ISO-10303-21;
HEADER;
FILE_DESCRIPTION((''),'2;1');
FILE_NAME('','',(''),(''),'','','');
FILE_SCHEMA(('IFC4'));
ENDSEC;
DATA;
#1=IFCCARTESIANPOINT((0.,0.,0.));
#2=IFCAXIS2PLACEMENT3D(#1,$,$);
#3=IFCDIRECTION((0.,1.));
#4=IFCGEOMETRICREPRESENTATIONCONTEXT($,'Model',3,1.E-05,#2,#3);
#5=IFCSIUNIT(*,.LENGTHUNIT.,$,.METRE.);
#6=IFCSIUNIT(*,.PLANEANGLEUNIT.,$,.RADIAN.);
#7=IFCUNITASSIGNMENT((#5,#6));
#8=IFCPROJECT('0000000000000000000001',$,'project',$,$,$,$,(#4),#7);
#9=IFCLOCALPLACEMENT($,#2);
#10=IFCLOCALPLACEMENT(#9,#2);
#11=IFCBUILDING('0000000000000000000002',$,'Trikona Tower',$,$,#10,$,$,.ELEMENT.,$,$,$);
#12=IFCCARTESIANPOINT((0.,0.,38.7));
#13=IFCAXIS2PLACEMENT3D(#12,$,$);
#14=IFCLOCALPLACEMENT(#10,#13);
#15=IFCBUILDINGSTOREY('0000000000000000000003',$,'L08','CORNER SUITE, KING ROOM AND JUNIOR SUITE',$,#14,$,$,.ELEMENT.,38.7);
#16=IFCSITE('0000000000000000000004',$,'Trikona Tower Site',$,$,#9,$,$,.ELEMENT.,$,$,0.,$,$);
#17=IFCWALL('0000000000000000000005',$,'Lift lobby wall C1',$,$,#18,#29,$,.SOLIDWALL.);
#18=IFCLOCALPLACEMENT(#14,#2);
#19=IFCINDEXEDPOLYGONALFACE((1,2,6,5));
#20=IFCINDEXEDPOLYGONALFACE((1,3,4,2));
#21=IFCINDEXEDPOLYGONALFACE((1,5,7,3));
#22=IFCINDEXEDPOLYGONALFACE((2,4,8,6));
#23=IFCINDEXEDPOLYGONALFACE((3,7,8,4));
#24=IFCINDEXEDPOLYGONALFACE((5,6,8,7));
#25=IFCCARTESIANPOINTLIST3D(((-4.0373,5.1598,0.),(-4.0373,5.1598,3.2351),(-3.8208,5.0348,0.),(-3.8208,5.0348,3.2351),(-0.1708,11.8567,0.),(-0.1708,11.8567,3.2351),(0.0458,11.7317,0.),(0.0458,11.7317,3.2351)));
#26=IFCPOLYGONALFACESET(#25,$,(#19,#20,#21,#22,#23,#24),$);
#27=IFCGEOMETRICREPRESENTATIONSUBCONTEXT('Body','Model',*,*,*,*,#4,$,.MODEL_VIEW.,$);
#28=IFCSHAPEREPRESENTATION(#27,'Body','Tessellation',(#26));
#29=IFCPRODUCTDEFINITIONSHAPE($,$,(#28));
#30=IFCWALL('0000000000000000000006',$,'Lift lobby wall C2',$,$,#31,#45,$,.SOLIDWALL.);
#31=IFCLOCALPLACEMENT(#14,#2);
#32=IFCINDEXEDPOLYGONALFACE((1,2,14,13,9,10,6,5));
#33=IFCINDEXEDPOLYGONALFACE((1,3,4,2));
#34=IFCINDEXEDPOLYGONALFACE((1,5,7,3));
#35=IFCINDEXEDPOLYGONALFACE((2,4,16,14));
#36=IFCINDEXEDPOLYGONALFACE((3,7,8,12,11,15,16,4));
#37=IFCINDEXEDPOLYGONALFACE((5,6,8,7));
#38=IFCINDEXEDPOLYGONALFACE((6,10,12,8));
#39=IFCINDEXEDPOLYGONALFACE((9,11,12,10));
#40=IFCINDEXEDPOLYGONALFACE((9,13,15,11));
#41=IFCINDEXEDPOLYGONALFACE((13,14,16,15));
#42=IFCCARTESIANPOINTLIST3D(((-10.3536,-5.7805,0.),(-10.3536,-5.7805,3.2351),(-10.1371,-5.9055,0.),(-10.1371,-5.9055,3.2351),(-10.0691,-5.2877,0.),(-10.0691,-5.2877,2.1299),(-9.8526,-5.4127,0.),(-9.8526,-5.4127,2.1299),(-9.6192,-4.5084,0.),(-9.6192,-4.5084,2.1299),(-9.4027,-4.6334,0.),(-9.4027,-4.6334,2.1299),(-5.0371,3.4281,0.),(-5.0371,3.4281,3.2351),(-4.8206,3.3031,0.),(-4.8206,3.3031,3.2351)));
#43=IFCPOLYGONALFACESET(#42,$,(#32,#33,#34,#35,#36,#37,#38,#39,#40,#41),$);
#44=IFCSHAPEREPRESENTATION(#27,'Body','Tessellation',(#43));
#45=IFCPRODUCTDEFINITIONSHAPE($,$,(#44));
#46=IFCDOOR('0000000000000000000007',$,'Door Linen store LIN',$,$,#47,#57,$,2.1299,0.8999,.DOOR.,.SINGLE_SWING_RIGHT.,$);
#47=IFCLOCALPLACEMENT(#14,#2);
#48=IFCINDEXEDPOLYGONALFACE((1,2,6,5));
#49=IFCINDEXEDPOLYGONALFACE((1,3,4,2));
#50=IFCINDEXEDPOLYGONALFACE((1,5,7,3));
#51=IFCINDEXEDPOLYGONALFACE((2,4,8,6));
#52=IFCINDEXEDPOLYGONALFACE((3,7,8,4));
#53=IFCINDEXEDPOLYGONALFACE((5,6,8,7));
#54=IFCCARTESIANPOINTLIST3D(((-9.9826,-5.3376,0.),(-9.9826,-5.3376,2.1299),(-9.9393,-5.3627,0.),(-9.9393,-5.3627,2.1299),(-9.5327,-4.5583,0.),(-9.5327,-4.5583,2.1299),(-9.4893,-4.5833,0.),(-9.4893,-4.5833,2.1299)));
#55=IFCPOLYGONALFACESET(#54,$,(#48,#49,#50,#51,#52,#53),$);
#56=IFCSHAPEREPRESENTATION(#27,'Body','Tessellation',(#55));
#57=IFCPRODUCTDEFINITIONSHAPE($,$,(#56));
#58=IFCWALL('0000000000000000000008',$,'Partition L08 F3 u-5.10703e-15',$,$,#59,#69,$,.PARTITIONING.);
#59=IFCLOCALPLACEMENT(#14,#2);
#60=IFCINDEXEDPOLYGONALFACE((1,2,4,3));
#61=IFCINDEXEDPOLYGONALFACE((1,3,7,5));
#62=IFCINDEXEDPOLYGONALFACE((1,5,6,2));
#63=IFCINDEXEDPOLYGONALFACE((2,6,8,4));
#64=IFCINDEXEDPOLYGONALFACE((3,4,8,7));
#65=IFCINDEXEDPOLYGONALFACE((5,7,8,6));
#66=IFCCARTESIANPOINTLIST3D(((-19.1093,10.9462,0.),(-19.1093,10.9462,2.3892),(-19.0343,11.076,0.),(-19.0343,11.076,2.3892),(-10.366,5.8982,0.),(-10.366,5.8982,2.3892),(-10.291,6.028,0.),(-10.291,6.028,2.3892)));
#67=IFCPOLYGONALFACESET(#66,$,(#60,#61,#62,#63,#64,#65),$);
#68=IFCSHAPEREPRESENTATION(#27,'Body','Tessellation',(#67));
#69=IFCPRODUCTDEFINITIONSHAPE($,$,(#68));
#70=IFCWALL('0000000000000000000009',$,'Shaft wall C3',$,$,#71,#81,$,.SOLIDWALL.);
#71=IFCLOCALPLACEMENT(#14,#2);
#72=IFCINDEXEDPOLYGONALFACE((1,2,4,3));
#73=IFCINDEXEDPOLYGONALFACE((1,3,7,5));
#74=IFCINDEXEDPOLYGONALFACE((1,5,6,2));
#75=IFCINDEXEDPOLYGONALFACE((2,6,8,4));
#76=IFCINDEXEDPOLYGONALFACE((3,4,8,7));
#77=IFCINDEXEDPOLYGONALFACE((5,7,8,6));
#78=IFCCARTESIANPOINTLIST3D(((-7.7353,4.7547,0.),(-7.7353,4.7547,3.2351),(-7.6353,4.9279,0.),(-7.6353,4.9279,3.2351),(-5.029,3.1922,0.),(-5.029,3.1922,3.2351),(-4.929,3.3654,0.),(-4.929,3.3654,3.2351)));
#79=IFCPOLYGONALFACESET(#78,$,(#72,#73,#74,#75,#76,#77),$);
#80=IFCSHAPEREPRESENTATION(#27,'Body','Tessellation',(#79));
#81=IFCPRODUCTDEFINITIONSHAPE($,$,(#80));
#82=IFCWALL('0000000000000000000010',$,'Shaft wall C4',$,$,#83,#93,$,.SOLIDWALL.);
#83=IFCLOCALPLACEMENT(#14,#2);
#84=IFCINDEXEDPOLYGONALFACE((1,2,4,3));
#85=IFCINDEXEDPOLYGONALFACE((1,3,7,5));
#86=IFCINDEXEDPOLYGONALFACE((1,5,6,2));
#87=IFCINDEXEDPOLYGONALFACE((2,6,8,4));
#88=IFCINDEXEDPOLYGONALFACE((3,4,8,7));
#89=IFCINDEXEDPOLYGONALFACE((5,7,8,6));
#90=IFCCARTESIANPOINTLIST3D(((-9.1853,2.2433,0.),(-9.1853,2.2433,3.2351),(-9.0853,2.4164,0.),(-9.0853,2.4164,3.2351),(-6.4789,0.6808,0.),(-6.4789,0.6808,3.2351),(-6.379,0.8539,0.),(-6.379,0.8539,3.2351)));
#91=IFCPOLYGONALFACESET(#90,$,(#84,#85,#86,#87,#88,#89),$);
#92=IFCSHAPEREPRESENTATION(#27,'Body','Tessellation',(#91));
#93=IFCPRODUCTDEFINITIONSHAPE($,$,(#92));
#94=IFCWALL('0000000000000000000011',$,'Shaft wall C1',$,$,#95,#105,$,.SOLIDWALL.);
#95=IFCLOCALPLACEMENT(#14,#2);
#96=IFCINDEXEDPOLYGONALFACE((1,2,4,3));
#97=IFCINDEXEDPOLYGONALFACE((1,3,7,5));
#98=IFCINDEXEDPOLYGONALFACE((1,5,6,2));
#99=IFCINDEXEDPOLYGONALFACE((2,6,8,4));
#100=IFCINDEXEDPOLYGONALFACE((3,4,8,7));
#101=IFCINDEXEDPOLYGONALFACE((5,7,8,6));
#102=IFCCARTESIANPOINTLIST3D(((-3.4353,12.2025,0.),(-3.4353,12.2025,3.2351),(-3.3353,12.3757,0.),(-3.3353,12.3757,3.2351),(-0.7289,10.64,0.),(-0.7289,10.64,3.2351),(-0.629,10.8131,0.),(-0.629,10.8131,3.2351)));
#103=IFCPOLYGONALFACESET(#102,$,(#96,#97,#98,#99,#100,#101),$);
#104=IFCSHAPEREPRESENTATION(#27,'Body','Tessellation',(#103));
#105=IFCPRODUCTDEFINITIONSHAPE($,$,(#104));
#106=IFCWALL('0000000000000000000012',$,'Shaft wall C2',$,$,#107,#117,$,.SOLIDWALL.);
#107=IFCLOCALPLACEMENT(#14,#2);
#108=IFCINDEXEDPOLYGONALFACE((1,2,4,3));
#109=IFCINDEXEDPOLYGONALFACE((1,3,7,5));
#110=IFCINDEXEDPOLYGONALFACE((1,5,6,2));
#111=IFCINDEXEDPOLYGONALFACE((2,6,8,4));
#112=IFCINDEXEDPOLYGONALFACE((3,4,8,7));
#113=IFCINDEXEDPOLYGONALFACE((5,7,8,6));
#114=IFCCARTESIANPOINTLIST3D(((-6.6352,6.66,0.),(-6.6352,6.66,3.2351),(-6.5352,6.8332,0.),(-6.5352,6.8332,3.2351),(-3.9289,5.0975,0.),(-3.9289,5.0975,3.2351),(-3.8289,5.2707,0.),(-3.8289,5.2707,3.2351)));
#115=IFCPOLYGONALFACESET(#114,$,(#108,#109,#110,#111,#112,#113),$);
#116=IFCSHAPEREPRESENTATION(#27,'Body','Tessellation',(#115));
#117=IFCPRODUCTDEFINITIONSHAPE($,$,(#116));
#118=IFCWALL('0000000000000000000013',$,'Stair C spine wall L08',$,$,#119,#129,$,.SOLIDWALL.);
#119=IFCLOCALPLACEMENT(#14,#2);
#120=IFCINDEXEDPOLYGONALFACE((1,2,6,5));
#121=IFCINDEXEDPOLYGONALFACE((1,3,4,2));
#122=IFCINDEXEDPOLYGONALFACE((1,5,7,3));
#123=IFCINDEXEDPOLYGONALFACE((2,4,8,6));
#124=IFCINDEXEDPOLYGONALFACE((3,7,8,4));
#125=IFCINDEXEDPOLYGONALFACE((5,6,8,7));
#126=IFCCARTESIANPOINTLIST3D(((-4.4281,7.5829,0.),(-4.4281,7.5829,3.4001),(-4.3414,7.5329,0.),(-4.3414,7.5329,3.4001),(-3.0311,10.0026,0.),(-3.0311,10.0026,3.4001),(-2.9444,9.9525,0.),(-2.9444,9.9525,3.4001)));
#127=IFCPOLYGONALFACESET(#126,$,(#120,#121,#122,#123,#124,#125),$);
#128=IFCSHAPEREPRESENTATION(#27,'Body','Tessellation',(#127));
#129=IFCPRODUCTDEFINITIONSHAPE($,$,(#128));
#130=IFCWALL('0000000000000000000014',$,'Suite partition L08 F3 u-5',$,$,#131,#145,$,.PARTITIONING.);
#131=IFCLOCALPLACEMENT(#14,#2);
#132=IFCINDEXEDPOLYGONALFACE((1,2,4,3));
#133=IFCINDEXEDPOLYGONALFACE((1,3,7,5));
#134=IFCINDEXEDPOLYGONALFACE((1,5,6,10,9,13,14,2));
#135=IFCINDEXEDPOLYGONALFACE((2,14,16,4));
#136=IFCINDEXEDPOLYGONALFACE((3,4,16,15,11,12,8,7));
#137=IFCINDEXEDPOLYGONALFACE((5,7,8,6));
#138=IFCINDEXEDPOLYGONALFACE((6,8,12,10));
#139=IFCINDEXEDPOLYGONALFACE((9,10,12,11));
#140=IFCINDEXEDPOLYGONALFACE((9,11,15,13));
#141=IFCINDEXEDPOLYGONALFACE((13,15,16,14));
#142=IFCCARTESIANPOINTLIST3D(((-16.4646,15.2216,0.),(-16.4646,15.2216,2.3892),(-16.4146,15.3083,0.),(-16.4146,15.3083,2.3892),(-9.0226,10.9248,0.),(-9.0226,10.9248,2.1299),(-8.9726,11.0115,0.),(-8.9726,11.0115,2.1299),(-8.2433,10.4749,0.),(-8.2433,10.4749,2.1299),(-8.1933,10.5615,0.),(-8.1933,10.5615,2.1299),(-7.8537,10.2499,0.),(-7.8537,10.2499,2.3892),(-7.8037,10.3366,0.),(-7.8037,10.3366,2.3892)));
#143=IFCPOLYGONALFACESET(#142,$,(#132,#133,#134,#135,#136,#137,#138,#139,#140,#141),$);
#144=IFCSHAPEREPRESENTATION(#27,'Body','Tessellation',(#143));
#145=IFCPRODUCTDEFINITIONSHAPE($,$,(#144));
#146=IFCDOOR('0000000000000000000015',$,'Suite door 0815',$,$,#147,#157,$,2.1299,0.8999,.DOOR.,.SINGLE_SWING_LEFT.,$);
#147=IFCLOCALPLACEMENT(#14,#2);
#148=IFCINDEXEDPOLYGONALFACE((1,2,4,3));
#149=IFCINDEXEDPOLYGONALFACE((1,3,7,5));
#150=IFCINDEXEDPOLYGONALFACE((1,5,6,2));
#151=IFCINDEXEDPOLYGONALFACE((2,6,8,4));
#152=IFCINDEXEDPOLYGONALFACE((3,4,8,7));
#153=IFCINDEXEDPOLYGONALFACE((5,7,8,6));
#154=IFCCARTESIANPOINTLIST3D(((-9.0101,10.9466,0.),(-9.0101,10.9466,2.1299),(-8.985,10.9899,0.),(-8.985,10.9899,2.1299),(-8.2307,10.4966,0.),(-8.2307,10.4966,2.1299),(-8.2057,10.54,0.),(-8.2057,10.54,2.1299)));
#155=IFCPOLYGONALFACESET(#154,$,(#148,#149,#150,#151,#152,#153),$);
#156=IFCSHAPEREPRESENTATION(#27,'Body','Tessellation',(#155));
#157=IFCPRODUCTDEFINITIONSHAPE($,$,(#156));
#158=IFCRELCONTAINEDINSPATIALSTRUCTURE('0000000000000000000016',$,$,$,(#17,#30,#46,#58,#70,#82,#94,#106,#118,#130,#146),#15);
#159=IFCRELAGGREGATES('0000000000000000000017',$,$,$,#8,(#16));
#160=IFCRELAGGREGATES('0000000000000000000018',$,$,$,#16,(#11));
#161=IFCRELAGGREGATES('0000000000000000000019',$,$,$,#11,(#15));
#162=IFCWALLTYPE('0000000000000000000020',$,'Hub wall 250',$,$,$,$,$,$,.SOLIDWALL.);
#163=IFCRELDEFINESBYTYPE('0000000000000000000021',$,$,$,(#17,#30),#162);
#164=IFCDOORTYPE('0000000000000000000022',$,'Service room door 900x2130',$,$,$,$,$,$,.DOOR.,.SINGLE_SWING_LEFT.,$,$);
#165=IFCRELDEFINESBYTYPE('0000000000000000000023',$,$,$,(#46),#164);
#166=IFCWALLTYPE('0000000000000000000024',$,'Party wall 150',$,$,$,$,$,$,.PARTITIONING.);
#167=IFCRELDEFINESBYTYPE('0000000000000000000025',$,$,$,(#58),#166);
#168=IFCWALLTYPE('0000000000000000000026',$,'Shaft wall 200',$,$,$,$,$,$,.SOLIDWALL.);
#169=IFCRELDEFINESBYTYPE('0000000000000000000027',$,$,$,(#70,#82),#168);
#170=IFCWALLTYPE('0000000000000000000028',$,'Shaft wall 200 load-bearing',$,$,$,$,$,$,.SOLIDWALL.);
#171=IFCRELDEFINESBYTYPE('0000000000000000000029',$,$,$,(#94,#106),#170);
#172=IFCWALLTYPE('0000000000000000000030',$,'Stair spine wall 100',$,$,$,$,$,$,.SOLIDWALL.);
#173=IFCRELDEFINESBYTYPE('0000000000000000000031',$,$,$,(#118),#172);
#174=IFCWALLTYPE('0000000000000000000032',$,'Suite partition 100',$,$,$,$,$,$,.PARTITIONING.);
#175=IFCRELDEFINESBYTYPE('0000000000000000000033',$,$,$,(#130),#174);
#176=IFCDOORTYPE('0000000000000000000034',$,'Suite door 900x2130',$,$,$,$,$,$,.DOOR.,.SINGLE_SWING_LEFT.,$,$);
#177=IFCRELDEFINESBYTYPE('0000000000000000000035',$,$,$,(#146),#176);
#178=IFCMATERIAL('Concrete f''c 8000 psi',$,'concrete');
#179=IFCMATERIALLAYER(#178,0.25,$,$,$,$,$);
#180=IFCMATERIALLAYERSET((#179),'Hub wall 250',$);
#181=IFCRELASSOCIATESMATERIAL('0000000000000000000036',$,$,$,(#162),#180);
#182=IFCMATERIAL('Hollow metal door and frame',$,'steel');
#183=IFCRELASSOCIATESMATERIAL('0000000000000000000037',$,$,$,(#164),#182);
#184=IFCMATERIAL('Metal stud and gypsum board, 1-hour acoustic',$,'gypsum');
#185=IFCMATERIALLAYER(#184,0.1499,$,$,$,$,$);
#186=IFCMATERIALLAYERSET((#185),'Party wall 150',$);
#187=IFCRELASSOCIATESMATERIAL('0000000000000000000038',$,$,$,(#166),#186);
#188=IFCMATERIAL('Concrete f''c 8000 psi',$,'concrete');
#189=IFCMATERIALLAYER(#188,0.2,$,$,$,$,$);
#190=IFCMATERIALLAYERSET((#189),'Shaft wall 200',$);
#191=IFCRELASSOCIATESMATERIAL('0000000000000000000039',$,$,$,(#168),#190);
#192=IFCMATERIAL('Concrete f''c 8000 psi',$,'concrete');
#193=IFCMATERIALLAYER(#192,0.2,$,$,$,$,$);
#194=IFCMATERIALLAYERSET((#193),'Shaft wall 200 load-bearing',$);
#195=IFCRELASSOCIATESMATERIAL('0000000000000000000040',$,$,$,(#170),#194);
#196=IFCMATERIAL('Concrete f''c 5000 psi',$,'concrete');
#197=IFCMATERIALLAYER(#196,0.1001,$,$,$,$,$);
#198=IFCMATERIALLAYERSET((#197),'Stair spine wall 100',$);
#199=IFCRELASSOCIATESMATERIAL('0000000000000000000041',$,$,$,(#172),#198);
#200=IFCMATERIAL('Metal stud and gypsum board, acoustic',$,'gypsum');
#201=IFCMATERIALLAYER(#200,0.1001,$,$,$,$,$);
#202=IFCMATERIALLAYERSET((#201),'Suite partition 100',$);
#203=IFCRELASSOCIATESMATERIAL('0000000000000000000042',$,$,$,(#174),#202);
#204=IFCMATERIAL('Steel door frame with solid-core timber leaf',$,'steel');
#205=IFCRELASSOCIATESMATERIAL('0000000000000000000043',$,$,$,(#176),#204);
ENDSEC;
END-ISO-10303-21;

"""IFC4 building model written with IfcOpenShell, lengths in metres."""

from ifc_helpers import new_model, si_unit, direction, frame, frame_2d, origin, place, context, subcontext, project, spatial, rectangle, extrude, material, layer, layer_set, type_object, element, fill, save


model = new_model("IFC4")

# Units and contexts
model_context = context("Model", 3, precision=1e-05, world=origin(), true_north=direction((0.0, 1.0)))
body_context = subcontext(model_context, "Body", "Model", "MODEL_VIEW")
ifc_project = project(units=[si_unit("LENGTHUNIT", "METRE"), si_unit("PLANEANGLEUNIT", "RADIAN")], contexts=[model_context])

# Site, building, storey
site_placement = place(None, origin())
site = spatial("IfcSite", under=ifc_project, at=site_placement, Name="Trikona Tower Site", CompositionType="ELEMENT", RefElevation=0.0)
building_placement = place(site_placement, origin())
building = spatial("IfcBuilding", under=site, at=building_placement, Name="Trikona Tower", CompositionType="ELEMENT")
storey_placement = place(building_placement, frame((0.0, 0.0, 38.7)))
storey = spatial("IfcBuildingStorey", under=building, at=storey_placement, Name="L08", Description="CORNER SUITE, KING ROOM AND JUNIOR SUITE", CompositionType="ELEMENT", Elevation=38.7)

# Wall
ifc_material_1 = material(Name="Concrete f'c 8000 psi", Category="concrete")
ifc_layer_1 = layer(ifc_material_1, 0.25)
ifc_layer_set_1 = layer_set([ifc_layer_1], Name="Hub wall 250")
wall_type_1 = type_object("IfcWallType", Name="Hub wall 250", PredefinedType="SOLIDWALL", material=ifc_layer_set_1)
wall_1_placement = place(storey_placement, frame((-0.0625, 11.7942, 0.0), z_axis=(0.0, 0.0, 1.0), x_axis=(-0.500007, -0.866022, 0.0)))
element("IfcWall", 1, at=wall_1_placement, inside=storey, type_object=wall_type_1, Name="Lift lobby wall C1", PredefinedType="SOLIDWALL", context=body_context, shape_type="SweptSolid", body=[
    extrude(rectangle(XDim=7.7329, YDim=0.25, at=frame_2d((3.8665, 0.0))), origin(), (0.0, 0.0, 1.0), 3.2351),
])

# Wall, opening, door
wall_2_placement = place(storey_placement, frame((-4.929, 3.3655, 0.0), z_axis=(0.0, 0.0, 1.0), x_axis=(-0.499991, -0.86603, 0.0)))
wall_2 = element("IfcWall", 2, at=wall_2_placement, inside=storey, type_object=wall_type_1, Name="Lift lobby wall C2", PredefinedType="SOLIDWALL", context=body_context, shape_type="SweptSolid", body=[
    extrude(rectangle(XDim=10.6331, YDim=0.25, at=frame_2d((5.3164, 0.0))), origin(), (0.0, 0.0, 1.0), 3.2351),
])
opening_1_placement = place(wall_2_placement, frame((9.1641, 0.0, 0.0)))
opening_1 = element("IfcOpeningElement", 3, at=opening_1_placement, cuts=wall_2, PredefinedType="OPENING", context=body_context, shape_type="SweptSolid", body=[
    extrude(rectangle(XDim=0.8999, YDim=2.1299, at=frame_2d((0.45, 1.0649))), frame((0.0, 0.135, 0.0), z_axis=(0.0, -1.0, 0.0), x_axis=(1.0, 0.0, 0.0)), (0.0, 0.0, 1.0), 0.27),
])
ifc_material_2 = material(Name="Hollow metal door and frame", Category="steel")
door_type_1 = type_object("IfcDoorType", Name="Service room door 900x2130", OperationType="SINGLE_SWING_LEFT", PredefinedType="DOOR", material=ifc_material_2)
door_1_placement = place(opening_1_placement, origin())
door_1 = element("IfcDoor", 4, at=door_1_placement, inside=storey, type_object=door_type_1, Name="Door Linen store LIN", OperationType="SINGLE_SWING_RIGHT", OverallHeight=2.1299, OverallWidth=0.8999, PredefinedType="DOOR", context=body_context, shape_type="SweptSolid", body=[
    extrude(rectangle(XDim=0.8999, YDim=2.1299, at=frame_2d((0.45, 1.0649))), frame((0.0, 0.0249, 0.0), z_axis=(0.0, -1.0, 0.0), x_axis=(1.0, 0.0, 0.0)), (0.0, 0.0, 1.0), 0.05),
])
fill(opening_1, door_1)

# Walls
ifc_material_3 = material(Name="Metal stud and gypsum board, 1-hour acoustic", Category="gypsum")
ifc_layer_2 = layer(ifc_material_3, 0.1499)
ifc_layer_set_2 = layer_set([ifc_layer_2], Name="Party wall 150")
wall_type_2 = type_object("IfcWallType", Name="Party wall 150", PredefinedType="PARTITIONING", material=ifc_layer_set_2)
wall_3_placement = place(storey_placement, frame((-10.3286, 5.9631, 0.0), z_axis=(0.0, 0.0, 1.0), x_axis=(-0.866022, 0.500006, 0.0)))
element("IfcWall", 5, at=wall_3_placement, inside=storey, type_object=wall_type_2, Name="Partition L08 F3 u-5.10703e-15", PredefinedType="PARTITIONING", context=body_context, shape_type="SweptSolid", body=[
    extrude(rectangle(XDim=10.0959, YDim=0.1499, at=frame_2d((5.0479, 0.0))), origin(), (0.0, 0.0, 1.0), 2.3892),
])
ifc_material_4 = material(Name="Concrete f'c 8000 psi", Category="concrete")
ifc_layer_3 = layer(ifc_material_4, 0.2)
ifc_layer_set_3 = layer_set([ifc_layer_3], Name="Shaft wall 200")
wall_type_3 = type_object("IfcWallType", Name="Shaft wall 200", PredefinedType="SOLIDWALL", material=ifc_layer_set_3)
for number, where, z_axis, x_axis, name in (
    (6, (-4.979, 3.2788, 0.0), (0.0, 0.0, 1.0), (-0.866023, 0.500004, 0.0), "Shaft wall C3"),
    (7, (-6.429, 0.7673, 0.0), (0.0, 0.0, 1.0), (-0.866023, 0.500004, 0.0), "Shaft wall C4"),
):
    element("IfcWall", number, at=place(storey_placement, frame(where, z_axis=z_axis, x_axis=x_axis)), inside=storey, type_object=wall_type_3, Name=name, PredefinedType="SOLIDWALL", context=body_context, shape_type="SweptSolid", body=[
        extrude(rectangle(XDim=3.125, YDim=0.2, at=frame_2d((1.5625, 0.0))), origin(), (0.0, 0.0, 1.0), 3.2351),
    ])
ifc_material_5 = material(Name="Concrete f'c 8000 psi", Category="concrete")
ifc_layer_4 = layer(ifc_material_5, 0.2)
ifc_layer_set_4 = layer_set([ifc_layer_4], Name="Shaft wall 200 load-bearing")
wall_type_4 = type_object("IfcWallType", Name="Shaft wall 200 load-bearing", PredefinedType="SOLIDWALL", material=ifc_layer_set_4)
for number, where, z_axis, x_axis, name in (
    (8, (-0.679, 10.7266, 0.0), (0.0, 0.0, 1.0), (-0.866023, 0.500004, 0.0), "Shaft wall C1"),
    (9, (-3.8789, 5.1841, 0.0), (0.0, 0.0, 1.0), (-0.866023, 0.500004, 0.0), "Shaft wall C2"),
):
    element("IfcWall", number, at=place(storey_placement, frame(where, z_axis=z_axis, x_axis=x_axis)), inside=storey, type_object=wall_type_4, Name=name, PredefinedType="SOLIDWALL", context=body_context, shape_type="SweptSolid", body=[
        extrude(rectangle(XDim=3.125, YDim=0.2, at=frame_2d((1.5625, 0.0))), origin(), (0.0, 0.0, 1.0), 3.2351),
    ])
ifc_material_6 = material(Name="Concrete f'c 5000 psi", Category="concrete")
ifc_layer_5 = layer(ifc_material_6, 0.1001)
ifc_layer_set_5 = layer_set([ifc_layer_5], Name="Stair spine wall 100")
wall_type_5 = type_object("IfcWallType", Name="Stair spine wall 100", PredefinedType="SOLIDWALL", material=ifc_layer_set_5)
wall_4_placement = place(storey_placement, frame((-2.9878, 9.9775, 0.0), z_axis=(0.0, 0.0, 1.0), x_axis=(-0.499992, -0.86603, 0.0)))
element("IfcWall", 10, at=wall_4_placement, inside=storey, type_object=wall_type_5, Name="Stair C spine wall L08", PredefinedType="SOLIDWALL", context=body_context, shape_type="SweptSolid", body=[
    extrude(rectangle(XDim=2.7939, YDim=0.1001, at=frame_2d((1.397, 0.0))), origin(), (0.0, 0.0, 1.0), 3.4001),
])

# Wall, opening, door
ifc_material_7 = material(Name="Metal stud and gypsum board, acoustic", Category="gypsum")
ifc_layer_6 = layer(ifc_material_7, 0.1001)
ifc_layer_set_6 = layer_set([ifc_layer_6], Name="Suite partition 100")
wall_type_6 = type_object("IfcWallType", Name="Suite partition 100", PredefinedType="PARTITIONING", material=ifc_layer_set_6)
wall_5_placement = place(storey_placement, frame((-7.8286, 10.2932, 0.0), z_axis=(0.0, 0.0, 1.0), x_axis=(-0.866016, 0.500016, 0.0)))
wall_5 = element("IfcWall", 11, at=wall_5_placement, inside=storey, type_object=wall_type_6, Name="Suite partition L08 F3 u-5", PredefinedType="PARTITIONING", context=body_context, shape_type="SweptSolid", body=[
    extrude(rectangle(XDim=9.9431, YDim=0.1001, at=frame_2d((4.9717, 0.0))), origin(), (0.0, 0.0, 1.0), 2.3892),
])
opening_2_placement = place(wall_5_placement, frame((0.45, 0.0, 0.0)))
opening_2 = element("IfcOpeningElement", 12, at=opening_2_placement, cuts=wall_5, PredefinedType="OPENING", context=body_context, shape_type="SweptSolid", body=[
    extrude(rectangle(XDim=0.8999, YDim=2.1299, at=frame_2d((0.45, 1.0649))), frame((0.0, 0.0601, 0.0), z_axis=(0.0, -1.0, 0.0), x_axis=(1.0, 0.0, 0.0)), (0.0, 0.0, 1.0), 0.1201),
])
ifc_material_8 = material(Name="Steel door frame with solid-core timber leaf", Category="steel")
door_type_2 = type_object("IfcDoorType", Name="Suite door 900x2130", OperationType="SINGLE_SWING_LEFT", PredefinedType="DOOR", material=ifc_material_8)
door_2_placement = place(opening_2_placement, origin())
door_2 = element("IfcDoor", 13, at=door_2_placement, inside=storey, type_object=door_type_2, Name="Suite door 0815", OperationType="SINGLE_SWING_LEFT", OverallHeight=2.1299, OverallWidth=0.8999, PredefinedType="DOOR", context=body_context, shape_type="SweptSolid", body=[
    extrude(rectangle(XDim=0.8999, YDim=2.1299, at=frame_2d((0.45, 1.0649))), frame((0.0, 0.0249, 0.0), z_axis=(0.0, -1.0, 0.0), x_axis=(1.0, 0.0, 0.0)), (0.0, 0.0, 1.0), 0.05),
])
fill(opening_2, door_2)

save(model, "model.ifc")
